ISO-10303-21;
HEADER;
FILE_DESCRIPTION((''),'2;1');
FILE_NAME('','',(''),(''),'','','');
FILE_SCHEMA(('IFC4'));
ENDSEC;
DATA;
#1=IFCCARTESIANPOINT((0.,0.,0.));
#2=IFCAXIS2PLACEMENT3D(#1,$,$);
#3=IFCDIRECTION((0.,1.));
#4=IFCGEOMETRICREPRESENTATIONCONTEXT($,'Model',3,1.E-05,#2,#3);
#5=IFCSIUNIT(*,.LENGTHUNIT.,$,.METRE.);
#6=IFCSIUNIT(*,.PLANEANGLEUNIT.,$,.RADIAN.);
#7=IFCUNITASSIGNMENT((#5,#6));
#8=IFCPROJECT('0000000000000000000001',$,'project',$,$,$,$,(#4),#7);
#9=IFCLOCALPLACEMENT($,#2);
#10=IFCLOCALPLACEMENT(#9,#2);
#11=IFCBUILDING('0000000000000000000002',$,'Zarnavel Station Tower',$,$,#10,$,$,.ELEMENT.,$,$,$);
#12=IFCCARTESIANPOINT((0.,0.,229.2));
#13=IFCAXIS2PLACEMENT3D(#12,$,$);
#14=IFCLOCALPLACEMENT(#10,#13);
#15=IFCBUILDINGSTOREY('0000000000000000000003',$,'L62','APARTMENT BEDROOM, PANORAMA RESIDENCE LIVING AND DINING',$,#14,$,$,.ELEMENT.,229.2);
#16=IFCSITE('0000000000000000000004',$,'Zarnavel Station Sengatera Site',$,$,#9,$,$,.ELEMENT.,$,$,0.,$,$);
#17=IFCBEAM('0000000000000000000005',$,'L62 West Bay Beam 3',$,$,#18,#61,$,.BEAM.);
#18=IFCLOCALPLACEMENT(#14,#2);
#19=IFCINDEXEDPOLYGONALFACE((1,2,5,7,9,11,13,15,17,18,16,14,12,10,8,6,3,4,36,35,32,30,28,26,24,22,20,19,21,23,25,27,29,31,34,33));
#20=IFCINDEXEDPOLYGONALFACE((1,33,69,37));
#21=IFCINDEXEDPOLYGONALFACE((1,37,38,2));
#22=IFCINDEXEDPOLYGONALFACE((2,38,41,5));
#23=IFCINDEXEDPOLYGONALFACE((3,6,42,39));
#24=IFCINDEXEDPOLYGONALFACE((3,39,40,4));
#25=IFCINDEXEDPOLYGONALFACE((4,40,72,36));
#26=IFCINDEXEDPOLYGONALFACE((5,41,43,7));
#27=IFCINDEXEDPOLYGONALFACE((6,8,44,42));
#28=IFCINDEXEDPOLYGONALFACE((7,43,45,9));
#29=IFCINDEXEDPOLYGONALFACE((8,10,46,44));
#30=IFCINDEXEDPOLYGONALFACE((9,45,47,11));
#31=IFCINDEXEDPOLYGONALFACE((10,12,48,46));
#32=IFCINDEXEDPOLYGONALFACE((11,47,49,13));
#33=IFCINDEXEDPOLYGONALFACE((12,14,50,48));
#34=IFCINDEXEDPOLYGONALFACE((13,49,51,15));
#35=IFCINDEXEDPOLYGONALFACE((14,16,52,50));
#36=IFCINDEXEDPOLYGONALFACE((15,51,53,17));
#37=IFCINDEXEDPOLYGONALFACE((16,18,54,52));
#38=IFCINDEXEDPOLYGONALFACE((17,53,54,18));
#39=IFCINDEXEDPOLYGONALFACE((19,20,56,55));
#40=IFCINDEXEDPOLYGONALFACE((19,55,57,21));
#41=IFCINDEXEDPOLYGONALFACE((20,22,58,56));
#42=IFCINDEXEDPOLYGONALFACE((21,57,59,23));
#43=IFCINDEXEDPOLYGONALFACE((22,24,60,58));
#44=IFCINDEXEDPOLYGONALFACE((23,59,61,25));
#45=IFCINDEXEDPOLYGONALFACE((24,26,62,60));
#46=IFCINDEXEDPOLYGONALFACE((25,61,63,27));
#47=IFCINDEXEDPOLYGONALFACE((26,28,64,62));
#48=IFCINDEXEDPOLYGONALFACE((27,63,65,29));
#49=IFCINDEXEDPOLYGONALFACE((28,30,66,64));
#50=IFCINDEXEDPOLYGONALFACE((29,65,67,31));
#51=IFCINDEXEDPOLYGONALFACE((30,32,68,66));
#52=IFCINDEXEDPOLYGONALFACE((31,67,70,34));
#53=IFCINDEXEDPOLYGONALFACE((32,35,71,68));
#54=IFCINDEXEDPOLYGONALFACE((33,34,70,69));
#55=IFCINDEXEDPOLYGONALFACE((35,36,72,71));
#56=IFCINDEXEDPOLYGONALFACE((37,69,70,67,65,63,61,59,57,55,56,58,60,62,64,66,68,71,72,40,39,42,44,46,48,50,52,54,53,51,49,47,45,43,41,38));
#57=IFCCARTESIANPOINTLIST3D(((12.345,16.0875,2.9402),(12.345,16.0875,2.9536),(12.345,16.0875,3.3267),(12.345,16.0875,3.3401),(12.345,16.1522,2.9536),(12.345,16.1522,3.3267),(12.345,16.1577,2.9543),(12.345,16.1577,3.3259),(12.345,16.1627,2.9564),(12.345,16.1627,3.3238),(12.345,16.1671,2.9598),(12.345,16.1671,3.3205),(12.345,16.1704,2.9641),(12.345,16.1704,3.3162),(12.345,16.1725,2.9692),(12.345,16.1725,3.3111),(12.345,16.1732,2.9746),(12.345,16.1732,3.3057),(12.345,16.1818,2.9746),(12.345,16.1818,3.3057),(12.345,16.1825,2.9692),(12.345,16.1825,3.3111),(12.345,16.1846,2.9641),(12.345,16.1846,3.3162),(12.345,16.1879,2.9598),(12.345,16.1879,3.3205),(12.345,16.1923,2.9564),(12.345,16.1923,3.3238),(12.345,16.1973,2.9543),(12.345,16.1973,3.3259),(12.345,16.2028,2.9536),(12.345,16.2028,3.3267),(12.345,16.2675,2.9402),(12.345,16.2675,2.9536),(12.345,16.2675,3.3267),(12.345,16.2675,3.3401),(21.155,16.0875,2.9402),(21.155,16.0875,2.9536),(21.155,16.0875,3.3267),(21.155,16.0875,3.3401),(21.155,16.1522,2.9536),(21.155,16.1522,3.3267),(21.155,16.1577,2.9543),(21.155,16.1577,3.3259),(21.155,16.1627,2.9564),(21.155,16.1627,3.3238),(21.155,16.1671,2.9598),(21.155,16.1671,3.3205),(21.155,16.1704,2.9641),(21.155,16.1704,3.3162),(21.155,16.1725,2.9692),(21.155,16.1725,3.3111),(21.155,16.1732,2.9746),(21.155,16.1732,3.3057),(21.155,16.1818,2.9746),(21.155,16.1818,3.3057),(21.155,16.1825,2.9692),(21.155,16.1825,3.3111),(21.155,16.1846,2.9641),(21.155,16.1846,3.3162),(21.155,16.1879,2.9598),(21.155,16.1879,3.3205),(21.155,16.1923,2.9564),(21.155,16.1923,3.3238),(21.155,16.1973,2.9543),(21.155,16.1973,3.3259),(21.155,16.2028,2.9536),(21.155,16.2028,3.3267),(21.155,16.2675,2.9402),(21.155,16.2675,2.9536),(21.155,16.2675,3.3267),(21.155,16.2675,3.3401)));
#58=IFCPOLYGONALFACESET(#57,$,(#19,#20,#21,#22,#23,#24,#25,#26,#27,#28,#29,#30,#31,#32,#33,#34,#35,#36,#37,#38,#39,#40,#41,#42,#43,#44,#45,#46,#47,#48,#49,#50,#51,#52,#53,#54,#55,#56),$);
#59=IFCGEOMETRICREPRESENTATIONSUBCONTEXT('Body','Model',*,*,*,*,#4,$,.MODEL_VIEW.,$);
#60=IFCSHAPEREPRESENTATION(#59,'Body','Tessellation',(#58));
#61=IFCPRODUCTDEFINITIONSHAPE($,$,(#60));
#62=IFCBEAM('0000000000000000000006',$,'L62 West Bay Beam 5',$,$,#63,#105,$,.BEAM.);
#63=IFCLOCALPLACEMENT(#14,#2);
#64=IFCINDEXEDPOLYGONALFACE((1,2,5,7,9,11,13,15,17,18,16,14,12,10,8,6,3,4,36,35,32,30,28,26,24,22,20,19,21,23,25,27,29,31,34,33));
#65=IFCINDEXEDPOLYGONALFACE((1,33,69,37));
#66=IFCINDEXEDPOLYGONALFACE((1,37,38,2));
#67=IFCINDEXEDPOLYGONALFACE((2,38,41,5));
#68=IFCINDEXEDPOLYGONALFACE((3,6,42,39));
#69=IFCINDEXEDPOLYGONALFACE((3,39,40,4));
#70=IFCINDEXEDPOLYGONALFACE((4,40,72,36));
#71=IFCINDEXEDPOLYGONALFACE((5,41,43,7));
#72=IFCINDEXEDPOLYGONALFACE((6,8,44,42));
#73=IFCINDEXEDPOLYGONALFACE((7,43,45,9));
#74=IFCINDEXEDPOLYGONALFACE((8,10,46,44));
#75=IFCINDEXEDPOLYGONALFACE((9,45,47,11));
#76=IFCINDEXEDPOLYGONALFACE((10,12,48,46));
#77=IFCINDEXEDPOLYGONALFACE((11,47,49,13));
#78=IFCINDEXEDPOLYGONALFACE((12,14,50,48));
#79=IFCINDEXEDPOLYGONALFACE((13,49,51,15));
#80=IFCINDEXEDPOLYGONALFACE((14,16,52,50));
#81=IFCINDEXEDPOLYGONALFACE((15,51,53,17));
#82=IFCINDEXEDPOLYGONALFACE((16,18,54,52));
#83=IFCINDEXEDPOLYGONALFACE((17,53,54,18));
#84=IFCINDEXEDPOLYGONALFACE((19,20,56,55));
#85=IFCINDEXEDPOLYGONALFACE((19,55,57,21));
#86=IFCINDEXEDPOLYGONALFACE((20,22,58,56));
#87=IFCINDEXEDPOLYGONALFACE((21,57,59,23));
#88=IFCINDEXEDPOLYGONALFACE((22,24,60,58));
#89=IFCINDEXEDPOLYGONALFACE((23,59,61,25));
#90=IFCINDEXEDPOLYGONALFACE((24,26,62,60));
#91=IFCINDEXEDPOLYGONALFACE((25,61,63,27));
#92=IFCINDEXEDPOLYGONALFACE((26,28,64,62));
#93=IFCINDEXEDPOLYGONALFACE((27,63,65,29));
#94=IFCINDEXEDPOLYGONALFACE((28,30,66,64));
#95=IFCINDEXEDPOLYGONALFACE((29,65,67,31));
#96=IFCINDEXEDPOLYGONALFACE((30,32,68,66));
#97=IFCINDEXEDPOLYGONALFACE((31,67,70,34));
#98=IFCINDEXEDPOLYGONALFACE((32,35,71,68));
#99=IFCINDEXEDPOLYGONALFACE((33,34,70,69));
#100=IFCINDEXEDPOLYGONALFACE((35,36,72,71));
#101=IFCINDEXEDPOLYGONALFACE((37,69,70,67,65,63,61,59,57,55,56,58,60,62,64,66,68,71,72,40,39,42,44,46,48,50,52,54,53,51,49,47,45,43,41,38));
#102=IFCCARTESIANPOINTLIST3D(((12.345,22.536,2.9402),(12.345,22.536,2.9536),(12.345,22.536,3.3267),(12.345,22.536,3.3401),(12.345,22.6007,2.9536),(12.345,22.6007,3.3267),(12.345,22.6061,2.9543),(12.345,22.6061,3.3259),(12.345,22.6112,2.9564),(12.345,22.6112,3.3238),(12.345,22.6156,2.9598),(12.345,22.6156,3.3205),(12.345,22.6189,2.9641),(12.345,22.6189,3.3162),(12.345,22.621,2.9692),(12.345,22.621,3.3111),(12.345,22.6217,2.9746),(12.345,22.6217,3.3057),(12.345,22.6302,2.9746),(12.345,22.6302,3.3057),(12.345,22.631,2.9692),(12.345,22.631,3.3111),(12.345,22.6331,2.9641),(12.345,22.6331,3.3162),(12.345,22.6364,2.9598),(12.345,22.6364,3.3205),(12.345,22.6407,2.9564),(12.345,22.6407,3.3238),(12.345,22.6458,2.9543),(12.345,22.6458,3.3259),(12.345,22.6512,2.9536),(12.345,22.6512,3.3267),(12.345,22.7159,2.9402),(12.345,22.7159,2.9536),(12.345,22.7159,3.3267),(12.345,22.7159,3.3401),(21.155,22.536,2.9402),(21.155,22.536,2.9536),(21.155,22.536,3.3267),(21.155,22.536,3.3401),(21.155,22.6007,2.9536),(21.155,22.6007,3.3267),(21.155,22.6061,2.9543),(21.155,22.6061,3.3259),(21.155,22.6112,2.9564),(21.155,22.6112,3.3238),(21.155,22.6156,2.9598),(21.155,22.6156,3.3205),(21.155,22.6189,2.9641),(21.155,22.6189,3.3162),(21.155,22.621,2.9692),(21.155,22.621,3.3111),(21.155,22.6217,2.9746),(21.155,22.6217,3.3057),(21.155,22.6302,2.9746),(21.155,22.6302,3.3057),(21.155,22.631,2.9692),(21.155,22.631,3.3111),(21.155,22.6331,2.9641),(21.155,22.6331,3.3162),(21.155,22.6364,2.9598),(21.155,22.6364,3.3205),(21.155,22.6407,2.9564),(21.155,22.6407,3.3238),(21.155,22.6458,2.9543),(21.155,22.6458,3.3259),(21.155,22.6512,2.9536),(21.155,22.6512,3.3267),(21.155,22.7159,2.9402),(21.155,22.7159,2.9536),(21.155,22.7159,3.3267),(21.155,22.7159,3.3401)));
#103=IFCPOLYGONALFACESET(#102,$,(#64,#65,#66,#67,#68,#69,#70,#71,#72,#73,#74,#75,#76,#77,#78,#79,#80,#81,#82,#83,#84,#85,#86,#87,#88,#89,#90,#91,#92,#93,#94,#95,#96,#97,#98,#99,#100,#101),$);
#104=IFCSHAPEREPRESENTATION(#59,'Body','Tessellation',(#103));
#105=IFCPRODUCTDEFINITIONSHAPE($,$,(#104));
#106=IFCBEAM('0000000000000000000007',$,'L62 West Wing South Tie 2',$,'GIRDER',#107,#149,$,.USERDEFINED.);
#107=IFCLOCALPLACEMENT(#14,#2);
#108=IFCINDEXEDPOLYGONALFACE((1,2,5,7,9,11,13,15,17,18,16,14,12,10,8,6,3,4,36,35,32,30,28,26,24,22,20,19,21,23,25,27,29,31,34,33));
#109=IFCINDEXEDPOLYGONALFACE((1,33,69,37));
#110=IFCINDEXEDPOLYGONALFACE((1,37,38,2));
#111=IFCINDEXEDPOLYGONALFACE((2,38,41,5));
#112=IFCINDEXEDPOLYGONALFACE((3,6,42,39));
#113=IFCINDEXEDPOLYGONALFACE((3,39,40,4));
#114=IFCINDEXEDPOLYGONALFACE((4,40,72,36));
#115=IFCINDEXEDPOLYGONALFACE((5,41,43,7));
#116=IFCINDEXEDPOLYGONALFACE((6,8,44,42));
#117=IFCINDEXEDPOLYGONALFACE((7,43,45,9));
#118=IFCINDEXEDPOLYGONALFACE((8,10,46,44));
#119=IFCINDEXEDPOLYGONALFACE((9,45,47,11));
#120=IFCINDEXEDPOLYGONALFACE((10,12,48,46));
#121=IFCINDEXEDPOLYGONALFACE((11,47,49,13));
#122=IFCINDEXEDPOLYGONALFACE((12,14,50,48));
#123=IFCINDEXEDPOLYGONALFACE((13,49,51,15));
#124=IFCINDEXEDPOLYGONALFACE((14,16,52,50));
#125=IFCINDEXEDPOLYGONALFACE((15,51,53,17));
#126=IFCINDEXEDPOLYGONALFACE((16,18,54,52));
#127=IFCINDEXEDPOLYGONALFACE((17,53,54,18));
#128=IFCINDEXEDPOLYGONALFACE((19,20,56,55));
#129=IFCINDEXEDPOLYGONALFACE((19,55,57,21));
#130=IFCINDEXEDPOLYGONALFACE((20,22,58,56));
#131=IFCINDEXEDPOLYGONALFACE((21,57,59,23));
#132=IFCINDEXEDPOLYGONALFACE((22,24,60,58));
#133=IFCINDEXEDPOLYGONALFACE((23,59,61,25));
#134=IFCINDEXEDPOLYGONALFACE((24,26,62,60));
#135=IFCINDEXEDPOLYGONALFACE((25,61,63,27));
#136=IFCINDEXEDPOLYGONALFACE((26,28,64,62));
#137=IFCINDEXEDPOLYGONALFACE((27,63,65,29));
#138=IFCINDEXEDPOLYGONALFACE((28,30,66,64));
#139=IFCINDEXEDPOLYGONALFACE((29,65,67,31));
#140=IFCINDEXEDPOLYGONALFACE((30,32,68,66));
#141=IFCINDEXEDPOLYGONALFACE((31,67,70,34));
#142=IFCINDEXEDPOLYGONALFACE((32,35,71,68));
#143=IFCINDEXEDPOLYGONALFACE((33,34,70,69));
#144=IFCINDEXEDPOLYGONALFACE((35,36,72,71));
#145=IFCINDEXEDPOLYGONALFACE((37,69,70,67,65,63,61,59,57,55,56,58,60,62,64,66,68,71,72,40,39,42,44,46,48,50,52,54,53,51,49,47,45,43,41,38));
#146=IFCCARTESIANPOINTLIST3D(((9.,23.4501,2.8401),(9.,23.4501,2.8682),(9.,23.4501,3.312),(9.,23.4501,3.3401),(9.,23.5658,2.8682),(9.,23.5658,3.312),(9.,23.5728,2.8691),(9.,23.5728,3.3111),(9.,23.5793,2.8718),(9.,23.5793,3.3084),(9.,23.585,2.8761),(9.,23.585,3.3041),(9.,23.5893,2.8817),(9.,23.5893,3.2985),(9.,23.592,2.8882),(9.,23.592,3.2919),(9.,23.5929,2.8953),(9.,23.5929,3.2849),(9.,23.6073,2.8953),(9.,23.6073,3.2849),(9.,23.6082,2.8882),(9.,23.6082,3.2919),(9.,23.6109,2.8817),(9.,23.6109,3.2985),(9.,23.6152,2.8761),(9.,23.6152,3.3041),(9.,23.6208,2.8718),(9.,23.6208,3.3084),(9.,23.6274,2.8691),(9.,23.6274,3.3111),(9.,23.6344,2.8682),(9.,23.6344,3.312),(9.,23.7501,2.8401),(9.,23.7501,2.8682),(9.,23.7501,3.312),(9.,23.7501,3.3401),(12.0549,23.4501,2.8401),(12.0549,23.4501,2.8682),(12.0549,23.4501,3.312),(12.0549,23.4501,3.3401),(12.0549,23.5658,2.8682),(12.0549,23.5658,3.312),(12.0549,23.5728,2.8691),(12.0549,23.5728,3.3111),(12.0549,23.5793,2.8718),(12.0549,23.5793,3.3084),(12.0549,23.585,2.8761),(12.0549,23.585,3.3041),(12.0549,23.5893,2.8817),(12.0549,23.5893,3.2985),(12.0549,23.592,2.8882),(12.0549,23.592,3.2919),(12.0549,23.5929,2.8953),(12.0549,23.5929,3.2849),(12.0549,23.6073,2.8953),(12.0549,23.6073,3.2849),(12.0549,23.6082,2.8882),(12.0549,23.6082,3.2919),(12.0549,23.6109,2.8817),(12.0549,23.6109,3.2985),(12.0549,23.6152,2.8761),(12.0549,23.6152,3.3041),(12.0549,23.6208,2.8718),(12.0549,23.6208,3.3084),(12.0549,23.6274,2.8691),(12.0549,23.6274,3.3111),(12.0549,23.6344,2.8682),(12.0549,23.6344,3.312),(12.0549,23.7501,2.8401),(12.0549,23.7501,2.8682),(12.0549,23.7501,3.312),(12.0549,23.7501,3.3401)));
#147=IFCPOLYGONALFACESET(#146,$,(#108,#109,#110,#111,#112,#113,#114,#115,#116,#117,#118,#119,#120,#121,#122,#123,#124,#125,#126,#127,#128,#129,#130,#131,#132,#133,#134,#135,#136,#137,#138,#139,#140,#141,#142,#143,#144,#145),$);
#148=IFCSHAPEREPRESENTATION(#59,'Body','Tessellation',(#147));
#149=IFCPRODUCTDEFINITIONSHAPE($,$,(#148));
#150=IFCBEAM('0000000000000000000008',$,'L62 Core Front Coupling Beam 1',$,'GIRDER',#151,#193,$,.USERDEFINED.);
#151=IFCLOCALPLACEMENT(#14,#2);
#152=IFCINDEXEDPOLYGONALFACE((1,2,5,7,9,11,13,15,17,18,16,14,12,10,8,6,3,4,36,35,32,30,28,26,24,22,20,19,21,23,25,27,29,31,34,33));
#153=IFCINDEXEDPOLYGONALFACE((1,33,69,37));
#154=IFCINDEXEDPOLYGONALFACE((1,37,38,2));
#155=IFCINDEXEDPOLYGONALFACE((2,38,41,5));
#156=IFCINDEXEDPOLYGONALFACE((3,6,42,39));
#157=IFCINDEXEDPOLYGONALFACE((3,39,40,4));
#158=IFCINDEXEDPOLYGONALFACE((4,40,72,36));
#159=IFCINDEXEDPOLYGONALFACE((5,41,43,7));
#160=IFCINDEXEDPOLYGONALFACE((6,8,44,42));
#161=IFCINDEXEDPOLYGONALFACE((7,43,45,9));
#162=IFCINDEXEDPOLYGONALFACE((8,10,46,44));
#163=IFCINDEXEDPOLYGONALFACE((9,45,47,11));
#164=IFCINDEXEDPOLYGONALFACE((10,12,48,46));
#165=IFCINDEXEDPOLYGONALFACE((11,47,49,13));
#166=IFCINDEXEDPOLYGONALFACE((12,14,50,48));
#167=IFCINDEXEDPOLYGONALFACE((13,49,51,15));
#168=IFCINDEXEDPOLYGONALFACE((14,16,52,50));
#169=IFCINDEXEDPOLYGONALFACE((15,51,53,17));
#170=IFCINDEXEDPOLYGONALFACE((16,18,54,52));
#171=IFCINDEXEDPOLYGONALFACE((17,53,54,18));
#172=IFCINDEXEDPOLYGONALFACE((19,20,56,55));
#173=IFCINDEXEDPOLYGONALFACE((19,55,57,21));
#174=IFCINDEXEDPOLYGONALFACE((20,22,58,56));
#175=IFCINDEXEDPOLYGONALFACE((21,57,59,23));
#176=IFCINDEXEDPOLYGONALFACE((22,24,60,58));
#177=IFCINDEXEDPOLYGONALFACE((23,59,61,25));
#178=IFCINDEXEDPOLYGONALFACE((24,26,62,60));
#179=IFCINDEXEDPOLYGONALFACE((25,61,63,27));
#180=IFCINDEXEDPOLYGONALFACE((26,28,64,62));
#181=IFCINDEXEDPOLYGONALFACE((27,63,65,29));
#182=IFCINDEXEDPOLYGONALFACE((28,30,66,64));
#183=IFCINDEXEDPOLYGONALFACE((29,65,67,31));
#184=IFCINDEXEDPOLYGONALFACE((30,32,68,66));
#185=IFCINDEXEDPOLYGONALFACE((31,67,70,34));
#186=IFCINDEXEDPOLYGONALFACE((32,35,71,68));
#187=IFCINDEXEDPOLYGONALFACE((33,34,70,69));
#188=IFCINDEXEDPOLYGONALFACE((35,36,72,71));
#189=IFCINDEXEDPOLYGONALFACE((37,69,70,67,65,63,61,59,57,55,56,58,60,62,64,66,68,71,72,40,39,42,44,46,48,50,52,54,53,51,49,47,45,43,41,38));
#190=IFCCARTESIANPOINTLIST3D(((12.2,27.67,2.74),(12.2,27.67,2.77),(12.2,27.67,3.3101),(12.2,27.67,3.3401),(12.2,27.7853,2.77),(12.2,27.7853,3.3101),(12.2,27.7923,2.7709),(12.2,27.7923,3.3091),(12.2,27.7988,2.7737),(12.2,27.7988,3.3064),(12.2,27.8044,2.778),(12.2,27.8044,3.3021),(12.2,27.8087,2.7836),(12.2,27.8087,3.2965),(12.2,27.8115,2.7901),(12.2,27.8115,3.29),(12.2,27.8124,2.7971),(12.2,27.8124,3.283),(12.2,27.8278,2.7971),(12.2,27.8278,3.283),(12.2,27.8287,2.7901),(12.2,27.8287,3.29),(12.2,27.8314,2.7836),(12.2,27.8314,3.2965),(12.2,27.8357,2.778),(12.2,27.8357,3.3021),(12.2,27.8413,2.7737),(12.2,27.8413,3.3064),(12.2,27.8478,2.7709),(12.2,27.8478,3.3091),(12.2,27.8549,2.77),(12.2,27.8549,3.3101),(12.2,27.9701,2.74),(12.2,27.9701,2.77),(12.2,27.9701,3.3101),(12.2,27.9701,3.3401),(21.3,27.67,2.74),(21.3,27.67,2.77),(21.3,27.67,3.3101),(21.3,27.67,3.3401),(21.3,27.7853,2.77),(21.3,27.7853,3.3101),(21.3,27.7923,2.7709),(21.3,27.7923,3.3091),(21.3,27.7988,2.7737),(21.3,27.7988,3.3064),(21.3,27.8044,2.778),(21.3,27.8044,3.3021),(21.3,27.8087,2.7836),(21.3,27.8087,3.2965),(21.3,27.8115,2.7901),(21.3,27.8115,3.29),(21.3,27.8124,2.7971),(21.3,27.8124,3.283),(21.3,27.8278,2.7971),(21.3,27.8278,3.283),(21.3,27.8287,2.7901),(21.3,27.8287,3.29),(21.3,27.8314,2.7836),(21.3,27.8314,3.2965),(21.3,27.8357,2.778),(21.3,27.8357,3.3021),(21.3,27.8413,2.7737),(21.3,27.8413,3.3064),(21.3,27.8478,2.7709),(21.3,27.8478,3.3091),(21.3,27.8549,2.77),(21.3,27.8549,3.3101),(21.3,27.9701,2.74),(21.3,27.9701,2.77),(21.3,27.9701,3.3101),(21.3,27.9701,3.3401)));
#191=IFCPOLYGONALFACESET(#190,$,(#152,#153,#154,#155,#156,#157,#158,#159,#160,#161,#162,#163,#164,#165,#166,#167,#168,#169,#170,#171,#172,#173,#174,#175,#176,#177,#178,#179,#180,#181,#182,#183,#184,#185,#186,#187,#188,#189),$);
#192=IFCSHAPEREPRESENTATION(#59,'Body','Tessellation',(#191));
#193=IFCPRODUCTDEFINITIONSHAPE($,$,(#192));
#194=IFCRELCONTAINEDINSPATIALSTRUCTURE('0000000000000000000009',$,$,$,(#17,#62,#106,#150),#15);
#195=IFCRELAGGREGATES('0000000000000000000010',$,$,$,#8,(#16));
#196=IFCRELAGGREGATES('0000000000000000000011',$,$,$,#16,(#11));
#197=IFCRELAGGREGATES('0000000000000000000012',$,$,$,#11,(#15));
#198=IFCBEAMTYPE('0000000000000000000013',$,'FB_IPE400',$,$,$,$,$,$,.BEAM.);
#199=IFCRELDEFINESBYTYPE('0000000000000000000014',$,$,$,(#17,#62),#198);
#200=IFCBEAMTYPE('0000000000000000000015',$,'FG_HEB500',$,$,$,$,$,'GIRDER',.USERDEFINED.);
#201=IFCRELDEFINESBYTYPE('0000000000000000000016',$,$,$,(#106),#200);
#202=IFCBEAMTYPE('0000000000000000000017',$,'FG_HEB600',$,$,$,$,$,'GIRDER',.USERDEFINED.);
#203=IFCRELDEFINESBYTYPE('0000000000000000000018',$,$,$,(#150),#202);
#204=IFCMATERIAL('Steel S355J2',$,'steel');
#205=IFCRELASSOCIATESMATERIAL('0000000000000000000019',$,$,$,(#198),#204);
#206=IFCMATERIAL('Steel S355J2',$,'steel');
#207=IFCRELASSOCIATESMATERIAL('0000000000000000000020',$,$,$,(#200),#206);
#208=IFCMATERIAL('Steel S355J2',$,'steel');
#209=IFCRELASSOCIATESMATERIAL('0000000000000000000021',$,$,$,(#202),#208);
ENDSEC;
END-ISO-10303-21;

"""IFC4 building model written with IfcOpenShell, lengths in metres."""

from ifc_helpers import new_model, si_unit, direction, frame, origin, origin_2d, place, context, subcontext, project, spatial, i_section, extrude, material, material_profile, profile_set, type_object, element, save


model = new_model("IFC4")

# Units and contexts
model_context = context("Model", 3, precision=1e-05, world=origin(), true_north=direction((0.0, 1.0)))
body_context = subcontext(model_context, "Body", "Model", "MODEL_VIEW")
ifc_project = project(units=[si_unit("LENGTHUNIT", "METRE"), si_unit("PLANEANGLEUNIT", "RADIAN")], contexts=[model_context])

# Site, building, storey
site_placement = place(None, origin())
site = spatial("IfcSite", under=ifc_project, at=site_placement, Name="Zarnavel Station Sengatera Site", CompositionType="ELEMENT", RefElevation=0.0)
building_placement = place(site_placement, origin())
building = spatial("IfcBuilding", under=site, at=building_placement, Name="Zarnavel Station Tower", CompositionType="ELEMENT")
storey_placement = place(building_placement, frame((0.0, 0.0, 229.2)))
storey = spatial("IfcBuildingStorey", under=building, at=storey_placement, Name="L62", Description="APARTMENT BEDROOM, PANORAMA RESIDENCE LIVING AND DINING", CompositionType="ELEMENT", Elevation=229.2)

# Beams
ifc_material_1 = material(Name="Steel S355J2", Category="steel")
ifc_material_profile_1 = material_profile(ifc_material_1, i_section(OverallWidth=0.1799, OverallDepth=0.3999, WebThickness=0.0085, FlangeThickness=0.0134, FilletRadius=0.021, at=origin_2d()), Name="IPE400")
ifc_profile_set_1 = profile_set([ifc_material_profile_1], Name="Steel S355J2")
beam_type_1 = type_object("IfcBeamType", Name="FB_IPE400", PredefinedType="BEAM", material=ifc_profile_set_1)
for number, where, z_axis, x_axis, name in (
    (1, (12.345, 16.1775, 3.1401), (1.0, 0.0, 0.0), (0.0, 1.0, 0.0), "L62 West Bay Beam 3"),
    (2, (12.345, 22.626, 3.1401), (1.0, 0.0, 0.0), (0.0, 1.0, 0.0), "L62 West Bay Beam 5"),
):
    element("IfcBeam", number, at=place(storey_placement, frame(where, z_axis=z_axis, x_axis=x_axis)), inside=storey, type_object=beam_type_1, Name=name, PredefinedType="BEAM", context=body_context, shape_type="SweptSolid", body=[
        extrude(i_section(OverallWidth=0.1799, OverallDepth=0.3999, WebThickness=0.0085, FlangeThickness=0.0134, FilletRadius=0.021, at=origin_2d()), origin(), (0.0, 0.0, 1.0), 8.8101),
    ])
ifc_material_2 = material(Name="Steel S355J2", Category="steel")
ifc_material_profile_2 = material_profile(ifc_material_2, i_section(OverallWidth=0.3, OverallDepth=0.5, WebThickness=0.0144, FlangeThickness=0.0281, FilletRadius=0.0271, at=origin_2d()), Name="HEB500")
ifc_profile_set_2 = profile_set([ifc_material_profile_2], Name="Steel S355J2")
beam_type_2 = type_object("IfcBeamType", Name="FG_HEB500", ElementType="GIRDER", PredefinedType="USERDEFINED", material=ifc_profile_set_2)
beam_1_placement = place(storey_placement, frame((9.0, 23.6001, 3.0901), z_axis=(1.0, 0.0, 0.0), x_axis=(0.0, 1.0, 0.0)))
element("IfcBeam", 3, at=beam_1_placement, inside=storey, type_object=beam_type_2, Name="L62 West Wing South Tie 2", ObjectType="GIRDER", PredefinedType="USERDEFINED", context=body_context, shape_type="SweptSolid", body=[
    extrude(i_section(OverallWidth=0.3, OverallDepth=0.5, WebThickness=0.0144, FlangeThickness=0.0281, FilletRadius=0.0271, at=origin_2d()), origin(), (0.0, 0.0, 1.0), 3.0549),
])
ifc_material_3 = material(Name="Steel S355J2", Category="steel")
ifc_material_profile_3 = material_profile(ifc_material_3, i_section(OverallWidth=0.3, OverallDepth=0.6001, WebThickness=0.0154, FlangeThickness=0.03, FilletRadius=0.0271, at=origin_2d()), Name="HEB600")
ifc_profile_set_3 = profile_set([ifc_material_profile_3], Name="Steel S355J2")
beam_type_3 = type_object("IfcBeamType", Name="FG_HEB600", ElementType="GIRDER", PredefinedType="USERDEFINED", material=ifc_profile_set_3)
beam_2_placement = place(storey_placement, frame((12.2, 27.8201, 3.04), z_axis=(1.0, 0.0, 0.0), x_axis=(0.0, 1.0, 0.0)))
element("IfcBeam", 4, at=beam_2_placement, inside=storey, type_object=beam_type_3, Name="L62 Core Front Coupling Beam 1", ObjectType="GIRDER", PredefinedType="USERDEFINED", context=body_context, shape_type="SweptSolid", body=[
    extrude(i_section(OverallWidth=0.3, OverallDepth=0.6001, WebThickness=0.0154, FlangeThickness=0.03, FilletRadius=0.0271, at=origin_2d()), origin(), (0.0, 0.0, 1.0), 9.1001),
])

save(model, "model.ifc")
